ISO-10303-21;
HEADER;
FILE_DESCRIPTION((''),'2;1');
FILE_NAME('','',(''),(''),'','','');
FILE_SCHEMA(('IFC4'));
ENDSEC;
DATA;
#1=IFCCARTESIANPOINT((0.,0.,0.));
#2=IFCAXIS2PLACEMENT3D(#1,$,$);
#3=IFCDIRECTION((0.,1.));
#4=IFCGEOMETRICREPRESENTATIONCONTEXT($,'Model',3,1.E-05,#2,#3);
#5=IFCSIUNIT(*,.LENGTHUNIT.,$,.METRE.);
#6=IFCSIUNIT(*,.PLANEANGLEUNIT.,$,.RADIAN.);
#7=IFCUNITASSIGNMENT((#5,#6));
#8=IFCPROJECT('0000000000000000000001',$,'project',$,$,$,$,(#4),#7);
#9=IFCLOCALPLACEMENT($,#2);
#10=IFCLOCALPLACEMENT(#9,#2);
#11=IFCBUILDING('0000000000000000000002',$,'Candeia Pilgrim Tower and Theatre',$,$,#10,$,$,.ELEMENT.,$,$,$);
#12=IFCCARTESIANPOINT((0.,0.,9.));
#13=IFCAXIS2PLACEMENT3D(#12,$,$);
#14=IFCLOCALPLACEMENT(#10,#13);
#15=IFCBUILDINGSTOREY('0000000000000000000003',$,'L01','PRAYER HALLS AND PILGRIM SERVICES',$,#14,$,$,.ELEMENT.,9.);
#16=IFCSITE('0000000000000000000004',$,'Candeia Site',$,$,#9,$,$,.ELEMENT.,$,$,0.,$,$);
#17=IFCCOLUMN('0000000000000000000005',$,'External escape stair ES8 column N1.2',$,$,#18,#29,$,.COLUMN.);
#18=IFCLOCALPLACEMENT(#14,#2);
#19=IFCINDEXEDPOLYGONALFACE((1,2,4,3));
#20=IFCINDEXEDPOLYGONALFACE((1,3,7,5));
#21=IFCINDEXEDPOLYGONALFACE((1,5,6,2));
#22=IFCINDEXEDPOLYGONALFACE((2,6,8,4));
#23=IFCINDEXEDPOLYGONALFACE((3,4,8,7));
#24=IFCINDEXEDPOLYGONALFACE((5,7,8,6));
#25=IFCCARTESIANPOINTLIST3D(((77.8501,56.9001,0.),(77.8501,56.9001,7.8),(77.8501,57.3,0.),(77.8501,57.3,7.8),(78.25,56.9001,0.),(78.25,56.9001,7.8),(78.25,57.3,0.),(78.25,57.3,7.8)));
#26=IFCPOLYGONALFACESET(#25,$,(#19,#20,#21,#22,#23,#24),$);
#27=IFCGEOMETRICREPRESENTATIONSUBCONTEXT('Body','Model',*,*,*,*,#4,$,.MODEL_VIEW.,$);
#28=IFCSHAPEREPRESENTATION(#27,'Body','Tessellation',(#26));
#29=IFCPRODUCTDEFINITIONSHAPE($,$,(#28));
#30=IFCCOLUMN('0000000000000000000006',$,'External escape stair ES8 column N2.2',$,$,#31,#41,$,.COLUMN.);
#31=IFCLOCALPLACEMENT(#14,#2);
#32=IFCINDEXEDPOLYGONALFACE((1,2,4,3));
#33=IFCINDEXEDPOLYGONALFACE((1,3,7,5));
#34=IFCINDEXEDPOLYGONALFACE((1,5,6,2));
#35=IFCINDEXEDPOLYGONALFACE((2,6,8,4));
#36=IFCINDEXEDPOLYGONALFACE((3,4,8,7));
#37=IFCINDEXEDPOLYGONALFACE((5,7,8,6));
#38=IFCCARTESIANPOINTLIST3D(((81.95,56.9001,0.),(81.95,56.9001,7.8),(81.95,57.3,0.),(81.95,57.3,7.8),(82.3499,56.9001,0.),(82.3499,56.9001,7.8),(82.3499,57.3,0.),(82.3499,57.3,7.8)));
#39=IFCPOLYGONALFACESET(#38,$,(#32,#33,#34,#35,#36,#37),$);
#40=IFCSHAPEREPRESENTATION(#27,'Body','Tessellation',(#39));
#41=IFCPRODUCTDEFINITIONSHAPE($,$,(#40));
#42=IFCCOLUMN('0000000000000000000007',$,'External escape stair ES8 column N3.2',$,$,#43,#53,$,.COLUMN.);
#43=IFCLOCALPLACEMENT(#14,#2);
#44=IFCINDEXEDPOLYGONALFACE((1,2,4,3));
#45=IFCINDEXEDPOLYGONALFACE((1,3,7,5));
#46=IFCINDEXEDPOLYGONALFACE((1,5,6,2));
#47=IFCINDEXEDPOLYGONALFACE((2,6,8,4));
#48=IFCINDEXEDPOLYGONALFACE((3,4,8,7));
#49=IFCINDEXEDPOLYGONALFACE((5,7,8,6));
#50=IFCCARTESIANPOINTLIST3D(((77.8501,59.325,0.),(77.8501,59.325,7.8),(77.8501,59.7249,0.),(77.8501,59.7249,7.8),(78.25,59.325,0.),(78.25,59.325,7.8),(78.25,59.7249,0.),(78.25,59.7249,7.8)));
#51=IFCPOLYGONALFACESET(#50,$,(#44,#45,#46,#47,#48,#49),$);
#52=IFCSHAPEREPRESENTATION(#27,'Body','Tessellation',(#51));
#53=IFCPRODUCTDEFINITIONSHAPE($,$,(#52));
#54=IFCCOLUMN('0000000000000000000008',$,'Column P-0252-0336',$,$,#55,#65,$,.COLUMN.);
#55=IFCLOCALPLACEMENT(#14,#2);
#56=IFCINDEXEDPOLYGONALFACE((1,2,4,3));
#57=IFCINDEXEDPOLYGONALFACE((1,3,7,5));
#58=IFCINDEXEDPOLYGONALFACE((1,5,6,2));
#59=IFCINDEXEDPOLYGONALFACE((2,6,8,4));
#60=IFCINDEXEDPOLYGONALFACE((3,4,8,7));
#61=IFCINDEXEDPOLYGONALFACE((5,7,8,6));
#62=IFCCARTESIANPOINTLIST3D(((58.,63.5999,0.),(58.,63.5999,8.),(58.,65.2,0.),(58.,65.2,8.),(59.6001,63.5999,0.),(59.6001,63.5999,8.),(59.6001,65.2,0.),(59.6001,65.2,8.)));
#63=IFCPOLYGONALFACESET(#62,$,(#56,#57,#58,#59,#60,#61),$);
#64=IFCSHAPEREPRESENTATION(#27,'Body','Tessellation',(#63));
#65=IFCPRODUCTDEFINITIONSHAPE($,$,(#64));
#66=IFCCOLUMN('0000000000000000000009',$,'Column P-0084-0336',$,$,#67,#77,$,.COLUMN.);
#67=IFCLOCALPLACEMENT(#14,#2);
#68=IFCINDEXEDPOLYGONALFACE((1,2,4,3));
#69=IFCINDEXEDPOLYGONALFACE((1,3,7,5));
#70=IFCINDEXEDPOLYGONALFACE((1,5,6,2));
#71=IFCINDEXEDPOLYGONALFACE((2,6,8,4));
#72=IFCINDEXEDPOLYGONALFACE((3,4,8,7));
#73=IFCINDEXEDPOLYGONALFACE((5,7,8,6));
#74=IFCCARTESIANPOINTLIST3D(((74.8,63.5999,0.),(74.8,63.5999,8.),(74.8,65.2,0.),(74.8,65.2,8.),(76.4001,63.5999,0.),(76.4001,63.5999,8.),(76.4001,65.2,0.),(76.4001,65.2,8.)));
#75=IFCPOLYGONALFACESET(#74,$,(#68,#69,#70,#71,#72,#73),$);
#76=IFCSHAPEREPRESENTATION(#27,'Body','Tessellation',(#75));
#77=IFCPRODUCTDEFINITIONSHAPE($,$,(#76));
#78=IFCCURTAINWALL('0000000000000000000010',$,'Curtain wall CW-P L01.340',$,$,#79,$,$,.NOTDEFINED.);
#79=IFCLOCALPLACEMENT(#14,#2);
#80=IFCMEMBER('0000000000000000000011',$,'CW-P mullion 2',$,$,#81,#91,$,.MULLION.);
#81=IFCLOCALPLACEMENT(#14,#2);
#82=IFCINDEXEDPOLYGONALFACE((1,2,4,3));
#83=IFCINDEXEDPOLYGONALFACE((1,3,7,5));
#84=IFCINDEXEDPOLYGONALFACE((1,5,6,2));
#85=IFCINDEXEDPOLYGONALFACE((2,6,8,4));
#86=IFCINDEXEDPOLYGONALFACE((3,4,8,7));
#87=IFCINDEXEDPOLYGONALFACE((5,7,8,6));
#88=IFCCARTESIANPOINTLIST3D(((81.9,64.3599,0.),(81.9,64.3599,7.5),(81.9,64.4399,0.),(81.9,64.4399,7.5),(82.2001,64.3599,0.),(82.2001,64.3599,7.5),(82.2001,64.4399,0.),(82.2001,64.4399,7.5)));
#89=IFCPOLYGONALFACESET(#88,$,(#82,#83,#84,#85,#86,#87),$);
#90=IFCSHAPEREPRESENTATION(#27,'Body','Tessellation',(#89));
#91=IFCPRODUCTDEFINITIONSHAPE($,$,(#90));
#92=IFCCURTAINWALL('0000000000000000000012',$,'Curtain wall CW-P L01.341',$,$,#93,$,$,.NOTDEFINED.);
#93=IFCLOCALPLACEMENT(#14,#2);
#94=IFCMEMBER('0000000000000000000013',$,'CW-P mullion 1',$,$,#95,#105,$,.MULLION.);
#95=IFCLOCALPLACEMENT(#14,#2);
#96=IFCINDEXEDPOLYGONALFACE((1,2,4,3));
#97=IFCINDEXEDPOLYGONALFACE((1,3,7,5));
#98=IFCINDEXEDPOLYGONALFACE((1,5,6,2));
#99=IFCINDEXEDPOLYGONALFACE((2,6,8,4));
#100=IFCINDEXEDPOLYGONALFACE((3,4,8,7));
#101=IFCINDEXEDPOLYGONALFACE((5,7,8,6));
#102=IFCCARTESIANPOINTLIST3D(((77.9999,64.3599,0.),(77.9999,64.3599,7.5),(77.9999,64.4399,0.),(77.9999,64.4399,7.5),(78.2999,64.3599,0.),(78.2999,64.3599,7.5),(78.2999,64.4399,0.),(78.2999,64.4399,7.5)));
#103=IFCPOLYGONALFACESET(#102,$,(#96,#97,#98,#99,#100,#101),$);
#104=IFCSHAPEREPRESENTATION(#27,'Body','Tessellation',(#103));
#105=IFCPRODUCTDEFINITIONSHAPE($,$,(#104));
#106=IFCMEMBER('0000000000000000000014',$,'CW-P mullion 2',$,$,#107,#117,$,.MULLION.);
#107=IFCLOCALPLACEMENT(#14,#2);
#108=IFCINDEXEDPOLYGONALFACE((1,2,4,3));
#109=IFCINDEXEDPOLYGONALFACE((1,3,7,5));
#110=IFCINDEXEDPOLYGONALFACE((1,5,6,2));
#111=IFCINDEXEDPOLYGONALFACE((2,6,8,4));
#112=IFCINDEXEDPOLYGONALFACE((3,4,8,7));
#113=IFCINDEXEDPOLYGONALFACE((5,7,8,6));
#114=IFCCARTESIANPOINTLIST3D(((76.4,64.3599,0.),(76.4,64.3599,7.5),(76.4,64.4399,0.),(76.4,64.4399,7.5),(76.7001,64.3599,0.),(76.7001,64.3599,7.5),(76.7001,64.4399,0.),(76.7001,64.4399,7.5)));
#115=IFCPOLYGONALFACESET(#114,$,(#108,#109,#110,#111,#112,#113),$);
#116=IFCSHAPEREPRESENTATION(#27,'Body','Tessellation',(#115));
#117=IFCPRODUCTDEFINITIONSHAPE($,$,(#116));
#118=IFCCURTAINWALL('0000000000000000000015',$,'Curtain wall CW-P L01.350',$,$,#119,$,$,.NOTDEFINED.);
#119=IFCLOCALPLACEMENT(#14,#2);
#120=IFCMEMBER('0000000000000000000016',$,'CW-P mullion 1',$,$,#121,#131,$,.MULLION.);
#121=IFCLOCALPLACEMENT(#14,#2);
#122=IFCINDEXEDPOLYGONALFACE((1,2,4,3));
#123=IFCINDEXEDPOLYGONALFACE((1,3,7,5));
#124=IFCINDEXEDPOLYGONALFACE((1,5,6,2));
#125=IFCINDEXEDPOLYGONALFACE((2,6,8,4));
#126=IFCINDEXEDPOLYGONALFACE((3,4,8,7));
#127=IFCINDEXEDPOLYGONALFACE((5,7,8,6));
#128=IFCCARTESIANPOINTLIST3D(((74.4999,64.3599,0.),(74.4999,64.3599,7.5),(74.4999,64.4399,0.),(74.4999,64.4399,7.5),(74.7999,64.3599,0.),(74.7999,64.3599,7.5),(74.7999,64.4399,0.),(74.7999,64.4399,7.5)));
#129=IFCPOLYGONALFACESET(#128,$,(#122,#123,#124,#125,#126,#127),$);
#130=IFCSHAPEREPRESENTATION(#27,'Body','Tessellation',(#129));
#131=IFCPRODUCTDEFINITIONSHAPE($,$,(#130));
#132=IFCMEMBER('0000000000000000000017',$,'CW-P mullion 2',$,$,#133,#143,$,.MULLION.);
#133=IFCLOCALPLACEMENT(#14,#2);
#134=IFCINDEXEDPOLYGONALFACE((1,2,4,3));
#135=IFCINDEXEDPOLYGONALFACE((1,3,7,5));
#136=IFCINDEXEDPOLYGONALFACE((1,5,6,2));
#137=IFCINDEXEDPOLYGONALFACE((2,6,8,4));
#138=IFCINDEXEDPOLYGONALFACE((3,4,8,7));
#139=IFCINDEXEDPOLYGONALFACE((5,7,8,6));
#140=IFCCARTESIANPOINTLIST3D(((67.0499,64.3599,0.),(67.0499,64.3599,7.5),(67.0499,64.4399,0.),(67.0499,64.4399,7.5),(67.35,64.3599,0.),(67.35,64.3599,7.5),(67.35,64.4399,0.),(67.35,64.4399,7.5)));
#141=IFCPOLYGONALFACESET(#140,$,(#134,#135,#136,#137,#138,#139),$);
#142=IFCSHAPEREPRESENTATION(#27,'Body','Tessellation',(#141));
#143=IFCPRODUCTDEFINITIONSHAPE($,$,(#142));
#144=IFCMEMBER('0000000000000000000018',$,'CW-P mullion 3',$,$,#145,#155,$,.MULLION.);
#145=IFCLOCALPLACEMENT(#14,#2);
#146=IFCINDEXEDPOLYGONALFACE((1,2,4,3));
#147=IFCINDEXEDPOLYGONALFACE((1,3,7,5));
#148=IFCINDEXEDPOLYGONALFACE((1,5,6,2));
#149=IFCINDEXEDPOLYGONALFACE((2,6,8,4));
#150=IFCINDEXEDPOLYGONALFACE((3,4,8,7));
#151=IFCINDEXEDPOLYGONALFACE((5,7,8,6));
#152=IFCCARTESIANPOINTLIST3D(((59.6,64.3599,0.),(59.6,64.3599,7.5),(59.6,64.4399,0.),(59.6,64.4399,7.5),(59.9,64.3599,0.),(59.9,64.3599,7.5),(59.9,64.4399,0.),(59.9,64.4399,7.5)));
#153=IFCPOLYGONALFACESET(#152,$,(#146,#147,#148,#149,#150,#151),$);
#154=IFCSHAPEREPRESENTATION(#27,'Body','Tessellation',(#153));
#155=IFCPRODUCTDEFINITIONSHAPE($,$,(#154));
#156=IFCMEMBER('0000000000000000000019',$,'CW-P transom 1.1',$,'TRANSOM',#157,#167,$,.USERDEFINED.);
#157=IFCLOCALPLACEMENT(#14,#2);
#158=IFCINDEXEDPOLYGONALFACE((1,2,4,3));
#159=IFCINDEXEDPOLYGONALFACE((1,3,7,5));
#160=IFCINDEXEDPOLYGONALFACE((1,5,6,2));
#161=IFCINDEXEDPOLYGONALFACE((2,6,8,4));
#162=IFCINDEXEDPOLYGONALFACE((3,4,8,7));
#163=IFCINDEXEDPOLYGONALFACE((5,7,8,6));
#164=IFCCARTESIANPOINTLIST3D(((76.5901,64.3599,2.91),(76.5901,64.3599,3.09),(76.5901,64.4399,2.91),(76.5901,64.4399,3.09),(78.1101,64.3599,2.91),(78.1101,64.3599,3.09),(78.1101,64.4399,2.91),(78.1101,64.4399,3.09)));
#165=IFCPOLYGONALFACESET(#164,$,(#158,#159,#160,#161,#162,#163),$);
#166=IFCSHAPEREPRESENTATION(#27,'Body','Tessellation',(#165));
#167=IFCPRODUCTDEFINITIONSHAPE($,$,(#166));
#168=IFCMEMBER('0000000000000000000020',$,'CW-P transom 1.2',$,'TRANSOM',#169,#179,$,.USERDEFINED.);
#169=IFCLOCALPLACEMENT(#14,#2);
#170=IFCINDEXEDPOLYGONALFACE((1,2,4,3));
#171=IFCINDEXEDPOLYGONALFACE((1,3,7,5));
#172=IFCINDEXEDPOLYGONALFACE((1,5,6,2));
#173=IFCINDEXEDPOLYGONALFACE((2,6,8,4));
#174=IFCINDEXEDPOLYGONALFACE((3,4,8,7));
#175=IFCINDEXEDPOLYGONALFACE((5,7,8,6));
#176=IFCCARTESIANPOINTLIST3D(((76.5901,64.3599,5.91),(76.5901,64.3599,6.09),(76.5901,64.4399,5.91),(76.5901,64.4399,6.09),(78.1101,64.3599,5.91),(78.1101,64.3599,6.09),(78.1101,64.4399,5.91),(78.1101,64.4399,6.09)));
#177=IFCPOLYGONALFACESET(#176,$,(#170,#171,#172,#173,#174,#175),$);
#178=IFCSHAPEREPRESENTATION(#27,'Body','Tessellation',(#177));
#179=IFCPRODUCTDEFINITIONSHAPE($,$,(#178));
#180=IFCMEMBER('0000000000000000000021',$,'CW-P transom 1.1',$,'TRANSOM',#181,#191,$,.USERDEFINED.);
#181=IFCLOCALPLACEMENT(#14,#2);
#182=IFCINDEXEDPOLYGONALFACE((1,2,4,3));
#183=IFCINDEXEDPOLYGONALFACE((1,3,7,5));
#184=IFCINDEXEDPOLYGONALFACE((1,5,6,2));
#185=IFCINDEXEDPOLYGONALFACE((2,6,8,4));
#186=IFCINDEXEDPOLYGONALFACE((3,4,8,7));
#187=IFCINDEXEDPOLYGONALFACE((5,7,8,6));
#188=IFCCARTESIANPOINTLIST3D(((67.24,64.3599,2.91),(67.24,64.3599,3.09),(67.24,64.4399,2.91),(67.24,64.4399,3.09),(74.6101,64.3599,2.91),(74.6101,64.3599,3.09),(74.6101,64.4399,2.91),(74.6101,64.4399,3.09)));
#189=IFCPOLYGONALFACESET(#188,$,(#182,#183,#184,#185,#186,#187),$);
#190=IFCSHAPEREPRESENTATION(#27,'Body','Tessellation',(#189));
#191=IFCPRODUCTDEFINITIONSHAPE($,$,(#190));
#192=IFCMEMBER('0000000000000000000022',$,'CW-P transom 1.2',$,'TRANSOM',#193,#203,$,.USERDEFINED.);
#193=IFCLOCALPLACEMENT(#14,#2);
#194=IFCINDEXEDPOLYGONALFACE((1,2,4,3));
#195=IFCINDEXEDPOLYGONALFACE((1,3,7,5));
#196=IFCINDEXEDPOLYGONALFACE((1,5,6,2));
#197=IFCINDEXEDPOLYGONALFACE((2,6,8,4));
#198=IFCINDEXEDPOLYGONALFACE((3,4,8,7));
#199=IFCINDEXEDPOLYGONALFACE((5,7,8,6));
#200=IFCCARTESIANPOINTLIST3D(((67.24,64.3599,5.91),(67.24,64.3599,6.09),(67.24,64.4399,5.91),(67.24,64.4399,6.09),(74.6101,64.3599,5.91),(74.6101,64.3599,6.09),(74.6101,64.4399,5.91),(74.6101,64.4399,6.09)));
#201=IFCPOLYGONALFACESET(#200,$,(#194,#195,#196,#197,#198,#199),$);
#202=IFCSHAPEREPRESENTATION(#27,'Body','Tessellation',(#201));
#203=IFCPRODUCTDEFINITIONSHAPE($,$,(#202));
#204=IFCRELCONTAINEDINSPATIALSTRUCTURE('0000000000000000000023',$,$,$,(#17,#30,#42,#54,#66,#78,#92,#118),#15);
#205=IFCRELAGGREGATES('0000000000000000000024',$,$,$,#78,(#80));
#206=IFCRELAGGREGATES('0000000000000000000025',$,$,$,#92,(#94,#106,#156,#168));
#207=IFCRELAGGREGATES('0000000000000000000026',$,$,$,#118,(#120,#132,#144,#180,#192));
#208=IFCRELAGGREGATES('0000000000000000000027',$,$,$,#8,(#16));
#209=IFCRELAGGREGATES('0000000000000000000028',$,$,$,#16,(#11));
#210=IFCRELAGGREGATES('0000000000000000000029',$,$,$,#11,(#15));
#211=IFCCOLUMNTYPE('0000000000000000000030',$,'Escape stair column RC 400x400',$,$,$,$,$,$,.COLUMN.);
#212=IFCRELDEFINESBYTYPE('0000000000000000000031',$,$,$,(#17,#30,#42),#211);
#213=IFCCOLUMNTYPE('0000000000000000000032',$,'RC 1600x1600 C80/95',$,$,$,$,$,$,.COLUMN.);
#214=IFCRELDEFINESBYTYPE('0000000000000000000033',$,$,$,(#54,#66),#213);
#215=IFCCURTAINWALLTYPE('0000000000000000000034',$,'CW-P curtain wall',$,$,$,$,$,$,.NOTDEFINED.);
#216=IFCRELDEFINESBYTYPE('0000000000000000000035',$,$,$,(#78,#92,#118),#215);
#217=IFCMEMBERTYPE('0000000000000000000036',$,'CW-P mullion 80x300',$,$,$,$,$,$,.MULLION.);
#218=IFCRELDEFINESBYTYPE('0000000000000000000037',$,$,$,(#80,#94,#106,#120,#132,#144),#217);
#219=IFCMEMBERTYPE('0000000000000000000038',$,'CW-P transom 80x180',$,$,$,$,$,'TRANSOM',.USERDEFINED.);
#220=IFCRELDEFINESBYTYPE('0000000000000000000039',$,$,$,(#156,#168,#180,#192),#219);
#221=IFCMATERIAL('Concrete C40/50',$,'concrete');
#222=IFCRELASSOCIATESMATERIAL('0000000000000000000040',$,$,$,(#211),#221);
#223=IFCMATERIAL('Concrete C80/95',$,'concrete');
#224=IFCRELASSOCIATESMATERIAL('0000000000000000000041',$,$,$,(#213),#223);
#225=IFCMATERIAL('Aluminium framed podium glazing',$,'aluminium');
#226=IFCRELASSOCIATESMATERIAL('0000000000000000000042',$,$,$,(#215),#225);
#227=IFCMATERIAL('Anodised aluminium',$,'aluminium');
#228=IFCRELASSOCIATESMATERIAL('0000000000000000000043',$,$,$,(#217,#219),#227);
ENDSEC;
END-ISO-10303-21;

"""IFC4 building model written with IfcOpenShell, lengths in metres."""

from ifc_helpers import new_model, si_unit, direction, frame, origin, origin_2d, place, context, subcontext, project, spatial, rectangle, extrude, material, material_profile, profile_set, type_object, element, aggregate, save


model = new_model("IFC4")

# Units and contexts
model_context = context("Model", 3, precision=1e-05, world=origin(), true_north=direction((0.0, 1.0)))
body_context = subcontext(model_context, "Body", "Model", "MODEL_VIEW")
ifc_project = project(units=[si_unit("LENGTHUNIT", "METRE"), si_unit("PLANEANGLEUNIT", "RADIAN")], contexts=[model_context])

# Site, building, storey
site_placement = place(None, origin())
site = spatial("IfcSite", under=ifc_project, at=site_placement, Name="Candeia Site", CompositionType="ELEMENT", RefElevation=0.0)
building_placement = place(site_placement, origin())
building = spatial("IfcBuilding", under=site, at=building_placement, Name="Candeia Pilgrim Tower and Theatre", CompositionType="ELEMENT")
storey_placement = place(building_placement, frame((0.0, 0.0, 9.0)))
storey = spatial("IfcBuildingStorey", under=building, at=storey_placement, Name="L01", Description="PRAYER HALLS AND PILGRIM SERVICES", CompositionType="ELEMENT", Elevation=9.0)

# Columns
ifc_material_1 = material(Name="Concrete C40/50", Category="concrete")
ifc_material_profile_1 = material_profile(ifc_material_1, rectangle(XDim=0.3999, YDim=0.3999, at=origin_2d()))
ifc_profile_set_1 = profile_set([ifc_material_profile_1], Name="Concrete C40/50")
column_type_1 = type_object("IfcColumnType", Name="Escape stair column RC 400x400", PredefinedType="COLUMN", material=ifc_profile_set_1)
for number, where, z_axis, x_axis, name in (
    (1, (78.05, 57.1001, 0.0), (0.0, 0.0, 1.0), (1.0, 0.0, 0.0), "External escape stair ES8 column N1.2"),
    (2, (82.1499, 57.1001, 0.0), (0.0, 0.0, 1.0), (1.0, 0.0, 0.0), "External escape stair ES8 column N2.2"),
    (3, (78.05, 59.5249, 0.0), (0.0, 0.0, 1.0), (1.0, 0.0, 0.0), "External escape stair ES8 column N3.2"),
):
    element("IfcColumn", number, at=place(storey_placement, frame(where, z_axis=z_axis, x_axis=x_axis)), inside=storey, type_object=column_type_1, Name=name, PredefinedType="COLUMN", context=body_context, shape_type="SweptSolid", body=[
        extrude(rectangle(XDim=0.3999, YDim=0.3999, at=origin_2d()), origin(), (0.0, 0.0, 1.0), 7.8),
    ])
ifc_material_2 = material(Name="Concrete C80/95", Category="concrete")
ifc_material_profile_2 = material_profile(ifc_material_2, rectangle(XDim=1.6001, YDim=1.6001, at=origin_2d()))
ifc_profile_set_2 = profile_set([ifc_material_profile_2], Name="Concrete C80/95")
column_type_2 = type_object("IfcColumnType", Name="RC 1600x1600 C80/95", PredefinedType="COLUMN", material=ifc_profile_set_2)
for number, where, z_axis, x_axis, name in (
    (4, (58.8, 64.3999, 0.0), (0.0, 0.0, 1.0), (1.0, 0.0, 0.0), "Column P-0252-0336"),
    (5, (75.6001, 64.3999, 0.0), (0.0, 0.0, 1.0), (1.0, 0.0, 0.0), "Column P-0084-0336"),
):
    element("IfcColumn", number, at=place(storey_placement, frame(where, z_axis=z_axis, x_axis=x_axis)), inside=storey, type_object=column_type_2, Name=name, PredefinedType="COLUMN", context=body_context, shape_type="SweptSolid", body=[
        extrude(rectangle(XDim=1.6001, YDim=1.6001, at=origin_2d()), origin(), (0.0, 0.0, 1.0), 8.0),
    ])

# Curtain wall, member
ifc_material_3 = material(Name="Aluminium framed podium glazing", Category="aluminium")
curtain_wall_type = type_object("IfcCurtainWallType", Name="CW-P curtain wall", PredefinedType="NOTDEFINED", material=ifc_material_3)
curtain_wall_1_placement = place(storey_placement, origin())
curtain_wall_1 = element("IfcCurtainWall", 6, at=curtain_wall_1_placement, inside=storey, type_object=curtain_wall_type, Name="Curtain wall CW-P L01.340", PredefinedType="NOTDEFINED")
ifc_material_4 = material(Name="Anodised aluminium", Category="aluminium")
ifc_material_profile_3 = material_profile(ifc_material_4, rectangle(XDim=0.0801, YDim=0.3, at=origin_2d()))
ifc_profile_set_3 = profile_set([ifc_material_profile_3], Name="Anodised aluminium")
member_type_1 = type_object("IfcMemberType", Name="CW-P mullion 80x300", PredefinedType="MULLION", material=ifc_profile_set_3)
member_1_placement = place(storey_placement, frame((82.05, 64.3999, 0.0), z_axis=(0.0, 0.0, 1.0), x_axis=(0.0, -1.0, 0.0)))
member_1 = element("IfcMember", 7, at=member_1_placement, type_object=member_type_1, Name="CW-P mullion 2", PredefinedType="MULLION", context=body_context, shape_type="SweptSolid", body=[
    extrude(rectangle(XDim=0.0801, YDim=0.3, at=origin_2d()), origin(), (0.0, 0.0, 1.0), 7.5),
])
aggregate(curtain_wall_1, [member_1])

# Curtain walls, members
curtain_wall_2_placement = place(storey_placement, origin())
curtain_wall_2 = element("IfcCurtainWall", 8, at=curtain_wall_2_placement, inside=storey, type_object=curtain_wall_type, Name="Curtain wall CW-P L01.341", PredefinedType="NOTDEFINED")
member_2_placement = place(storey_placement, frame((78.1499, 64.3999, 0.0), z_axis=(0.0, 0.0, 1.0), x_axis=(0.0, -1.0, 0.0)))
member_2 = element("IfcMember", 9, at=member_2_placement, type_object=member_type_1, Name="CW-P mullion 1", PredefinedType="MULLION", context=body_context, shape_type="SweptSolid", body=[
    extrude(rectangle(XDim=0.0801, YDim=0.3, at=origin_2d()), origin(), (0.0, 0.0, 1.0), 7.5),
])
member_3_placement = place(storey_placement, frame((76.55, 64.3999, 0.0), z_axis=(0.0, 0.0, 1.0), x_axis=(0.0, -1.0, 0.0)))
member_3 = element("IfcMember", 10, at=member_3_placement, type_object=member_type_1, Name="CW-P mullion 2", PredefinedType="MULLION", context=body_context, shape_type="SweptSolid", body=[
    extrude(rectangle(XDim=0.0801, YDim=0.3, at=origin_2d()), origin(), (0.0, 0.0, 1.0), 7.5),
])
curtain_wall_3_placement = place(storey_placement, origin())
curtain_wall_3 = element("IfcCurtainWall", 11, at=curtain_wall_3_placement, inside=storey, type_object=curtain_wall_type, Name="Curtain wall CW-P L01.350", PredefinedType="NOTDEFINED")
member_4_placement = place(storey_placement, frame((74.6499, 64.3999, 0.0), z_axis=(0.0, 0.0, 1.0), x_axis=(0.0, -1.0, 0.0)))
member_4 = element("IfcMember", 12, at=member_4_placement, type_object=member_type_1, Name="CW-P mullion 1", PredefinedType="MULLION", context=body_context, shape_type="SweptSolid", body=[
    extrude(rectangle(XDim=0.0801, YDim=0.3, at=origin_2d()), origin(), (0.0, 0.0, 1.0), 7.5),
])
member_5_placement = place(storey_placement, frame((67.2, 64.3999, 0.0), z_axis=(0.0, 0.0, 1.0), x_axis=(0.0, -1.0, 0.0)))
member_5 = element("IfcMember", 13, at=member_5_placement, type_object=member_type_1, Name="CW-P mullion 2", PredefinedType="MULLION", context=body_context, shape_type="SweptSolid", body=[
    extrude(rectangle(XDim=0.0801, YDim=0.3, at=origin_2d()), origin(), (0.0, 0.0, 1.0), 7.5),
])
member_6_placement = place(storey_placement, frame((59.75, 64.3999, 0.0), z_axis=(0.0, 0.0, 1.0), x_axis=(0.0, -1.0, 0.0)))
member_6 = element("IfcMember", 14, at=member_6_placement, type_object=member_type_1, Name="CW-P mullion 3", PredefinedType="MULLION", context=body_context, shape_type="SweptSolid", body=[
    extrude(rectangle(XDim=0.0801, YDim=0.3, at=origin_2d()), origin(), (0.0, 0.0, 1.0), 7.5),
])

# Members
ifc_material_profile_4 = material_profile(ifc_material_4, rectangle(XDim=0.0801, YDim=0.1799, at=origin_2d()))
ifc_profile_set_4 = profile_set([ifc_material_profile_4], Name="Anodised aluminium")
member_type_2 = type_object("IfcMemberType", Name="CW-P transom 80x180", ElementType="TRANSOM", PredefinedType="USERDEFINED", material=ifc_profile_set_4)
member_7_placement = place(storey_placement, frame((78.1101, 64.3999, 3.0), z_axis=(-1.0, 0.0, 0.0), x_axis=(0.0, -1.0, 0.0)))
member_7 = element("IfcMember", 15, at=member_7_placement, type_object=member_type_2, Name="CW-P transom 1.1", ObjectType="TRANSOM", PredefinedType="USERDEFINED", context=body_context, shape_type="SweptSolid", body=[
    extrude(rectangle(XDim=0.0801, YDim=0.1799, at=origin_2d()), origin(), (0.0, 0.0, 1.0), 1.52),
])
member_8_placement = place(storey_placement, frame((78.1101, 64.3999, 6.0), z_axis=(-1.0, 0.0, 0.0), x_axis=(0.0, -1.0, 0.0)))
member_8 = element("IfcMember", 16, at=member_8_placement, type_object=member_type_2, Name="CW-P transom 1.2", ObjectType="TRANSOM", PredefinedType="USERDEFINED", context=body_context, shape_type="SweptSolid", body=[
    extrude(rectangle(XDim=0.0801, YDim=0.1799, at=origin_2d()), origin(), (0.0, 0.0, 1.0), 1.52),
])
member_9_placement = place(storey_placement, frame((74.6101, 64.3999, 3.0), z_axis=(-1.0, 0.0, 0.0), x_axis=(0.0, -1.0, 0.0)))
member_9 = element("IfcMember", 17, at=member_9_placement, type_object=member_type_2, Name="CW-P transom 1.1", ObjectType="TRANSOM", PredefinedType="USERDEFINED", context=body_context, shape_type="SweptSolid", body=[
    extrude(rectangle(XDim=0.0801, YDim=0.1799, at=origin_2d()), origin(), (0.0, 0.0, 1.0), 7.3701),
])
member_10_placement = place(storey_placement, frame((74.6101, 64.3999, 6.0), z_axis=(-1.0, 0.0, 0.0), x_axis=(0.0, -1.0, 0.0)))
member_10 = element("IfcMember", 18, at=member_10_placement, type_object=member_type_2, Name="CW-P transom 1.2", ObjectType="TRANSOM", PredefinedType="USERDEFINED", context=body_context, shape_type="SweptSolid", body=[
    extrude(rectangle(XDim=0.0801, YDim=0.1799, at=origin_2d()), origin(), (0.0, 0.0, 1.0), 7.3701),
])

aggregate(curtain_wall_2, [member_2, member_3, member_7, member_8])
aggregate(curtain_wall_3, [member_4, member_5, member_6, member_9, member_10])

save(model, "model.ifc")
